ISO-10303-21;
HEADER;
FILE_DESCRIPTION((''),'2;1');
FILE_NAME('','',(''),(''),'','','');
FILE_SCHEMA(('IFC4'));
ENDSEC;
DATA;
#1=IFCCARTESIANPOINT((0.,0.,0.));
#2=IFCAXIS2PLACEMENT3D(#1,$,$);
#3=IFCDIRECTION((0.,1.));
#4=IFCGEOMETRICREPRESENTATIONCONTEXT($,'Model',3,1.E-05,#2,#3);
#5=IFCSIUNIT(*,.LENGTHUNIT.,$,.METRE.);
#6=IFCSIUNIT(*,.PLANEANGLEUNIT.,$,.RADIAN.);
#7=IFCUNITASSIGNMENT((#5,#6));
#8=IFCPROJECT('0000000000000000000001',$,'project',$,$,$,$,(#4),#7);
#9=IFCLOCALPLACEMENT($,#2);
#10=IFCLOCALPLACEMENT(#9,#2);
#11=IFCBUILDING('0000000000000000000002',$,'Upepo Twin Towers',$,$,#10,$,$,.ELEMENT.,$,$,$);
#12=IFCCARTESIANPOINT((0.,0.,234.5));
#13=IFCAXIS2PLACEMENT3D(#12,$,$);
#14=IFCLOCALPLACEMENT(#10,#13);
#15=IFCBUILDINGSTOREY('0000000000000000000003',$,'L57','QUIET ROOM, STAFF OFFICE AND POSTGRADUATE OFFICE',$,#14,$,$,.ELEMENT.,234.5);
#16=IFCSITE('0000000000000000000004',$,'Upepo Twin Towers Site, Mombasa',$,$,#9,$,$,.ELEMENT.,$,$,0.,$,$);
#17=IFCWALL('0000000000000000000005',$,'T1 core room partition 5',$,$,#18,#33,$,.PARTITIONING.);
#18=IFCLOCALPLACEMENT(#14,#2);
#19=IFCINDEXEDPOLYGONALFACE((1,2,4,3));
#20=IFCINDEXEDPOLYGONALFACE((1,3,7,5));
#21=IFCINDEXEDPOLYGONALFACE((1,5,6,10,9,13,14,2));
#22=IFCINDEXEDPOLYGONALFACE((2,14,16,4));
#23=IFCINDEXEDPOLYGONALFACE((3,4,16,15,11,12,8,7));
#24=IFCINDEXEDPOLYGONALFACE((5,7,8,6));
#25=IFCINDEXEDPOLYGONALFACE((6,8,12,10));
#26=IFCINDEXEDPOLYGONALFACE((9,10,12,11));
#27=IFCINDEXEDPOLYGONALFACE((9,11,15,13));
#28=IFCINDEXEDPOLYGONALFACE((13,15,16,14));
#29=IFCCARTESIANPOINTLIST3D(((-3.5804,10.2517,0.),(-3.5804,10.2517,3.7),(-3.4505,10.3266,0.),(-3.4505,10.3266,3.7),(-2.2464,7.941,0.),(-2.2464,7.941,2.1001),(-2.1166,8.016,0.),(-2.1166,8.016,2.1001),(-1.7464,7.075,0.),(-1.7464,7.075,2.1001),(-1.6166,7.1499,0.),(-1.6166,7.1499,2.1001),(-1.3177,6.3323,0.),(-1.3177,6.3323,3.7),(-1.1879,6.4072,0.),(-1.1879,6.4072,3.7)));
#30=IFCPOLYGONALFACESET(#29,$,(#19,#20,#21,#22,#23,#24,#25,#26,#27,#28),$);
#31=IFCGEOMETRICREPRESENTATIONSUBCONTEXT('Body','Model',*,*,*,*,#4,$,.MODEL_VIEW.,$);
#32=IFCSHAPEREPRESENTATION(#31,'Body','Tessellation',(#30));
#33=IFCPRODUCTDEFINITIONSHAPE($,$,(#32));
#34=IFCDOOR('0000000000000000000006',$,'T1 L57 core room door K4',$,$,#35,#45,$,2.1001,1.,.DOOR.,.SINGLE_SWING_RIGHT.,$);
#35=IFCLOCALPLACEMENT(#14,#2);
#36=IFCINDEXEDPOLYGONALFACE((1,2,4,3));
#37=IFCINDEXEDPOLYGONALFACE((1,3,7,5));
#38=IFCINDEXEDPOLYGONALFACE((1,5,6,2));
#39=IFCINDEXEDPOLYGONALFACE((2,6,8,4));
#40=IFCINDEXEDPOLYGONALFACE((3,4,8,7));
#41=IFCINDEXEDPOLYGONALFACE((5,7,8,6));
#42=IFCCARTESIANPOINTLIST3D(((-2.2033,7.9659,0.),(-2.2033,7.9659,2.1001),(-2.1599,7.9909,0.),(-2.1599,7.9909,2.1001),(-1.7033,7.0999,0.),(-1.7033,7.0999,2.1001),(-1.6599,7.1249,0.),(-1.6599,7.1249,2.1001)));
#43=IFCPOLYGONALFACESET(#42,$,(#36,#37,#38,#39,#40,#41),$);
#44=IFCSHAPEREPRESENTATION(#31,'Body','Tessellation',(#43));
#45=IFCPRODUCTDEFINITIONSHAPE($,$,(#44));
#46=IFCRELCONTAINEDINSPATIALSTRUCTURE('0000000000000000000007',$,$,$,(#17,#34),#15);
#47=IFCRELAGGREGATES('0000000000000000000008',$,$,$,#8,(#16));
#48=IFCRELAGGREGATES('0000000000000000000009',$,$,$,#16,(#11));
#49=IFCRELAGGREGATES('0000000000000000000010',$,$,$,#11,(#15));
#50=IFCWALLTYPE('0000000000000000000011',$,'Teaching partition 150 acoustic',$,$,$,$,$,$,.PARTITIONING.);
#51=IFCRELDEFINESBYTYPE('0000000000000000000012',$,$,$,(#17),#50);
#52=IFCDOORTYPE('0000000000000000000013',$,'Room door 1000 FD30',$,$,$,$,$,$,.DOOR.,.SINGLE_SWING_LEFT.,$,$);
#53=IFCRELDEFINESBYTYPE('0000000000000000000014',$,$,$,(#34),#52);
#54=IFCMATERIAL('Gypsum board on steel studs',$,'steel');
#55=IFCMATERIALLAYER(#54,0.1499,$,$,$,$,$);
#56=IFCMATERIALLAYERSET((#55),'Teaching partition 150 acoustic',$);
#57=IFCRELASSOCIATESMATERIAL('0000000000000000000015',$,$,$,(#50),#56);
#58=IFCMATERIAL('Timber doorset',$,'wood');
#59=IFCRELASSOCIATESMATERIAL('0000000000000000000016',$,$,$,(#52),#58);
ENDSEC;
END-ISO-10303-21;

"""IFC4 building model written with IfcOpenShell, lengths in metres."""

from ifc_helpers import new_model, si_unit, direction, frame, frame_2d, origin, place, context, subcontext, project, spatial, rectangle, extrude, material, layer, layer_set, type_object, element, fill, save


model = new_model("IFC4")

# Units and contexts
model_context = context("Model", 3, precision=1e-05, world=origin(), true_north=direction((0.0, 1.0)))
body_context = subcontext(model_context, "Body", "Model", "MODEL_VIEW")
ifc_project = project(units=[si_unit("LENGTHUNIT", "METRE"), si_unit("PLANEANGLEUNIT", "RADIAN")], contexts=[model_context])

# Site, building, storey
site_placement = place(None, origin())
site = spatial("IfcSite", under=ifc_project, at=site_placement, Name="Upepo Twin Towers Site, Mombasa", CompositionType="ELEMENT", RefElevation=0.0)
building_placement = place(site_placement, origin())
building = spatial("IfcBuilding", under=site, at=building_placement, Name="Upepo Twin Towers", CompositionType="ELEMENT")
storey_placement = place(building_placement, frame((0.0, 0.0, 234.5)))
storey = spatial("IfcBuildingStorey", under=building, at=storey_placement, Name="L57", Description="QUIET ROOM, STAFF OFFICE AND POSTGRADUATE OFFICE", CompositionType="ELEMENT", Elevation=234.5)

# Wall, opening, door
ifc_material_1 = material(Name="Gypsum board on steel studs", Category="steel")
ifc_layer_1 = layer(ifc_material_1, 0.1499)
ifc_layer_set_1 = layer_set([ifc_layer_1], Name="Teaching partition 150 acoustic")
wall_type_1 = type_object("IfcWallType", Name="Teaching partition 150 acoustic", PredefinedType="PARTITIONING", material=ifc_layer_set_1)
wall_1_placement = place(storey_placement, frame((-3.5154, 10.2891, 0.0), z_axis=(0.0, 0.0, 1.0), x_axis=(0.499968, -0.866044, 0.0)))
wall_1 = element("IfcWall", 1, at=wall_1_placement, inside=storey, type_object=wall_type_1, Name="T1 core room partition 5", PredefinedType="PARTITIONING", context=body_context, shape_type="SweptSolid", body=[
    extrude(rectangle(XDim=4.5256, YDim=0.1499, at=frame_2d((2.2627, 0.0))), origin(), (0.0, 0.0, 1.0), 3.7),
])
opening_1_placement = place(wall_1_placement, frame((2.668, 0.0, 0.0)))
opening_1 = element("IfcOpeningElement", 2, at=opening_1_placement, cuts=wall_1, PredefinedType="OPENING", context=body_context, shape_type="SweptSolid", body=[
    extrude(rectangle(XDim=1.0, YDim=2.1001, at=frame_2d((0.5, 1.05))), frame((0.0, 0.085, 0.0), z_axis=(0.0, -1.0, 0.0), x_axis=(1.0, 0.0, 0.0)), (0.0, 0.0, 1.0), 0.1699),
])
ifc_material_2 = material(Name="Timber doorset", Category="wood")
door_type_1 = type_object("IfcDoorType", Name="Room door 1000 FD30", OperationType="SINGLE_SWING_LEFT", PredefinedType="DOOR", material=ifc_material_2)
door_1_placement = place(opening_1_placement, origin())
door_1 = element("IfcDoor", 3, at=door_1_placement, inside=storey, type_object=door_type_1, Name="T1 L57 core room door K4", OperationType="SINGLE_SWING_RIGHT", OverallHeight=2.1001, OverallWidth=1.0, PredefinedType="DOOR", context=body_context, shape_type="SweptSolid", body=[
    extrude(rectangle(XDim=1.0, YDim=2.1001, at=frame_2d((0.5, 1.05))), frame((0.0, 0.0249, 0.0), z_axis=(0.0, -1.0, 0.0), x_axis=(1.0, 0.0, 0.0)), (0.0, 0.0, 1.0), 0.05),
])
fill(opening_1, door_1)

save(model, "model.ifc")
